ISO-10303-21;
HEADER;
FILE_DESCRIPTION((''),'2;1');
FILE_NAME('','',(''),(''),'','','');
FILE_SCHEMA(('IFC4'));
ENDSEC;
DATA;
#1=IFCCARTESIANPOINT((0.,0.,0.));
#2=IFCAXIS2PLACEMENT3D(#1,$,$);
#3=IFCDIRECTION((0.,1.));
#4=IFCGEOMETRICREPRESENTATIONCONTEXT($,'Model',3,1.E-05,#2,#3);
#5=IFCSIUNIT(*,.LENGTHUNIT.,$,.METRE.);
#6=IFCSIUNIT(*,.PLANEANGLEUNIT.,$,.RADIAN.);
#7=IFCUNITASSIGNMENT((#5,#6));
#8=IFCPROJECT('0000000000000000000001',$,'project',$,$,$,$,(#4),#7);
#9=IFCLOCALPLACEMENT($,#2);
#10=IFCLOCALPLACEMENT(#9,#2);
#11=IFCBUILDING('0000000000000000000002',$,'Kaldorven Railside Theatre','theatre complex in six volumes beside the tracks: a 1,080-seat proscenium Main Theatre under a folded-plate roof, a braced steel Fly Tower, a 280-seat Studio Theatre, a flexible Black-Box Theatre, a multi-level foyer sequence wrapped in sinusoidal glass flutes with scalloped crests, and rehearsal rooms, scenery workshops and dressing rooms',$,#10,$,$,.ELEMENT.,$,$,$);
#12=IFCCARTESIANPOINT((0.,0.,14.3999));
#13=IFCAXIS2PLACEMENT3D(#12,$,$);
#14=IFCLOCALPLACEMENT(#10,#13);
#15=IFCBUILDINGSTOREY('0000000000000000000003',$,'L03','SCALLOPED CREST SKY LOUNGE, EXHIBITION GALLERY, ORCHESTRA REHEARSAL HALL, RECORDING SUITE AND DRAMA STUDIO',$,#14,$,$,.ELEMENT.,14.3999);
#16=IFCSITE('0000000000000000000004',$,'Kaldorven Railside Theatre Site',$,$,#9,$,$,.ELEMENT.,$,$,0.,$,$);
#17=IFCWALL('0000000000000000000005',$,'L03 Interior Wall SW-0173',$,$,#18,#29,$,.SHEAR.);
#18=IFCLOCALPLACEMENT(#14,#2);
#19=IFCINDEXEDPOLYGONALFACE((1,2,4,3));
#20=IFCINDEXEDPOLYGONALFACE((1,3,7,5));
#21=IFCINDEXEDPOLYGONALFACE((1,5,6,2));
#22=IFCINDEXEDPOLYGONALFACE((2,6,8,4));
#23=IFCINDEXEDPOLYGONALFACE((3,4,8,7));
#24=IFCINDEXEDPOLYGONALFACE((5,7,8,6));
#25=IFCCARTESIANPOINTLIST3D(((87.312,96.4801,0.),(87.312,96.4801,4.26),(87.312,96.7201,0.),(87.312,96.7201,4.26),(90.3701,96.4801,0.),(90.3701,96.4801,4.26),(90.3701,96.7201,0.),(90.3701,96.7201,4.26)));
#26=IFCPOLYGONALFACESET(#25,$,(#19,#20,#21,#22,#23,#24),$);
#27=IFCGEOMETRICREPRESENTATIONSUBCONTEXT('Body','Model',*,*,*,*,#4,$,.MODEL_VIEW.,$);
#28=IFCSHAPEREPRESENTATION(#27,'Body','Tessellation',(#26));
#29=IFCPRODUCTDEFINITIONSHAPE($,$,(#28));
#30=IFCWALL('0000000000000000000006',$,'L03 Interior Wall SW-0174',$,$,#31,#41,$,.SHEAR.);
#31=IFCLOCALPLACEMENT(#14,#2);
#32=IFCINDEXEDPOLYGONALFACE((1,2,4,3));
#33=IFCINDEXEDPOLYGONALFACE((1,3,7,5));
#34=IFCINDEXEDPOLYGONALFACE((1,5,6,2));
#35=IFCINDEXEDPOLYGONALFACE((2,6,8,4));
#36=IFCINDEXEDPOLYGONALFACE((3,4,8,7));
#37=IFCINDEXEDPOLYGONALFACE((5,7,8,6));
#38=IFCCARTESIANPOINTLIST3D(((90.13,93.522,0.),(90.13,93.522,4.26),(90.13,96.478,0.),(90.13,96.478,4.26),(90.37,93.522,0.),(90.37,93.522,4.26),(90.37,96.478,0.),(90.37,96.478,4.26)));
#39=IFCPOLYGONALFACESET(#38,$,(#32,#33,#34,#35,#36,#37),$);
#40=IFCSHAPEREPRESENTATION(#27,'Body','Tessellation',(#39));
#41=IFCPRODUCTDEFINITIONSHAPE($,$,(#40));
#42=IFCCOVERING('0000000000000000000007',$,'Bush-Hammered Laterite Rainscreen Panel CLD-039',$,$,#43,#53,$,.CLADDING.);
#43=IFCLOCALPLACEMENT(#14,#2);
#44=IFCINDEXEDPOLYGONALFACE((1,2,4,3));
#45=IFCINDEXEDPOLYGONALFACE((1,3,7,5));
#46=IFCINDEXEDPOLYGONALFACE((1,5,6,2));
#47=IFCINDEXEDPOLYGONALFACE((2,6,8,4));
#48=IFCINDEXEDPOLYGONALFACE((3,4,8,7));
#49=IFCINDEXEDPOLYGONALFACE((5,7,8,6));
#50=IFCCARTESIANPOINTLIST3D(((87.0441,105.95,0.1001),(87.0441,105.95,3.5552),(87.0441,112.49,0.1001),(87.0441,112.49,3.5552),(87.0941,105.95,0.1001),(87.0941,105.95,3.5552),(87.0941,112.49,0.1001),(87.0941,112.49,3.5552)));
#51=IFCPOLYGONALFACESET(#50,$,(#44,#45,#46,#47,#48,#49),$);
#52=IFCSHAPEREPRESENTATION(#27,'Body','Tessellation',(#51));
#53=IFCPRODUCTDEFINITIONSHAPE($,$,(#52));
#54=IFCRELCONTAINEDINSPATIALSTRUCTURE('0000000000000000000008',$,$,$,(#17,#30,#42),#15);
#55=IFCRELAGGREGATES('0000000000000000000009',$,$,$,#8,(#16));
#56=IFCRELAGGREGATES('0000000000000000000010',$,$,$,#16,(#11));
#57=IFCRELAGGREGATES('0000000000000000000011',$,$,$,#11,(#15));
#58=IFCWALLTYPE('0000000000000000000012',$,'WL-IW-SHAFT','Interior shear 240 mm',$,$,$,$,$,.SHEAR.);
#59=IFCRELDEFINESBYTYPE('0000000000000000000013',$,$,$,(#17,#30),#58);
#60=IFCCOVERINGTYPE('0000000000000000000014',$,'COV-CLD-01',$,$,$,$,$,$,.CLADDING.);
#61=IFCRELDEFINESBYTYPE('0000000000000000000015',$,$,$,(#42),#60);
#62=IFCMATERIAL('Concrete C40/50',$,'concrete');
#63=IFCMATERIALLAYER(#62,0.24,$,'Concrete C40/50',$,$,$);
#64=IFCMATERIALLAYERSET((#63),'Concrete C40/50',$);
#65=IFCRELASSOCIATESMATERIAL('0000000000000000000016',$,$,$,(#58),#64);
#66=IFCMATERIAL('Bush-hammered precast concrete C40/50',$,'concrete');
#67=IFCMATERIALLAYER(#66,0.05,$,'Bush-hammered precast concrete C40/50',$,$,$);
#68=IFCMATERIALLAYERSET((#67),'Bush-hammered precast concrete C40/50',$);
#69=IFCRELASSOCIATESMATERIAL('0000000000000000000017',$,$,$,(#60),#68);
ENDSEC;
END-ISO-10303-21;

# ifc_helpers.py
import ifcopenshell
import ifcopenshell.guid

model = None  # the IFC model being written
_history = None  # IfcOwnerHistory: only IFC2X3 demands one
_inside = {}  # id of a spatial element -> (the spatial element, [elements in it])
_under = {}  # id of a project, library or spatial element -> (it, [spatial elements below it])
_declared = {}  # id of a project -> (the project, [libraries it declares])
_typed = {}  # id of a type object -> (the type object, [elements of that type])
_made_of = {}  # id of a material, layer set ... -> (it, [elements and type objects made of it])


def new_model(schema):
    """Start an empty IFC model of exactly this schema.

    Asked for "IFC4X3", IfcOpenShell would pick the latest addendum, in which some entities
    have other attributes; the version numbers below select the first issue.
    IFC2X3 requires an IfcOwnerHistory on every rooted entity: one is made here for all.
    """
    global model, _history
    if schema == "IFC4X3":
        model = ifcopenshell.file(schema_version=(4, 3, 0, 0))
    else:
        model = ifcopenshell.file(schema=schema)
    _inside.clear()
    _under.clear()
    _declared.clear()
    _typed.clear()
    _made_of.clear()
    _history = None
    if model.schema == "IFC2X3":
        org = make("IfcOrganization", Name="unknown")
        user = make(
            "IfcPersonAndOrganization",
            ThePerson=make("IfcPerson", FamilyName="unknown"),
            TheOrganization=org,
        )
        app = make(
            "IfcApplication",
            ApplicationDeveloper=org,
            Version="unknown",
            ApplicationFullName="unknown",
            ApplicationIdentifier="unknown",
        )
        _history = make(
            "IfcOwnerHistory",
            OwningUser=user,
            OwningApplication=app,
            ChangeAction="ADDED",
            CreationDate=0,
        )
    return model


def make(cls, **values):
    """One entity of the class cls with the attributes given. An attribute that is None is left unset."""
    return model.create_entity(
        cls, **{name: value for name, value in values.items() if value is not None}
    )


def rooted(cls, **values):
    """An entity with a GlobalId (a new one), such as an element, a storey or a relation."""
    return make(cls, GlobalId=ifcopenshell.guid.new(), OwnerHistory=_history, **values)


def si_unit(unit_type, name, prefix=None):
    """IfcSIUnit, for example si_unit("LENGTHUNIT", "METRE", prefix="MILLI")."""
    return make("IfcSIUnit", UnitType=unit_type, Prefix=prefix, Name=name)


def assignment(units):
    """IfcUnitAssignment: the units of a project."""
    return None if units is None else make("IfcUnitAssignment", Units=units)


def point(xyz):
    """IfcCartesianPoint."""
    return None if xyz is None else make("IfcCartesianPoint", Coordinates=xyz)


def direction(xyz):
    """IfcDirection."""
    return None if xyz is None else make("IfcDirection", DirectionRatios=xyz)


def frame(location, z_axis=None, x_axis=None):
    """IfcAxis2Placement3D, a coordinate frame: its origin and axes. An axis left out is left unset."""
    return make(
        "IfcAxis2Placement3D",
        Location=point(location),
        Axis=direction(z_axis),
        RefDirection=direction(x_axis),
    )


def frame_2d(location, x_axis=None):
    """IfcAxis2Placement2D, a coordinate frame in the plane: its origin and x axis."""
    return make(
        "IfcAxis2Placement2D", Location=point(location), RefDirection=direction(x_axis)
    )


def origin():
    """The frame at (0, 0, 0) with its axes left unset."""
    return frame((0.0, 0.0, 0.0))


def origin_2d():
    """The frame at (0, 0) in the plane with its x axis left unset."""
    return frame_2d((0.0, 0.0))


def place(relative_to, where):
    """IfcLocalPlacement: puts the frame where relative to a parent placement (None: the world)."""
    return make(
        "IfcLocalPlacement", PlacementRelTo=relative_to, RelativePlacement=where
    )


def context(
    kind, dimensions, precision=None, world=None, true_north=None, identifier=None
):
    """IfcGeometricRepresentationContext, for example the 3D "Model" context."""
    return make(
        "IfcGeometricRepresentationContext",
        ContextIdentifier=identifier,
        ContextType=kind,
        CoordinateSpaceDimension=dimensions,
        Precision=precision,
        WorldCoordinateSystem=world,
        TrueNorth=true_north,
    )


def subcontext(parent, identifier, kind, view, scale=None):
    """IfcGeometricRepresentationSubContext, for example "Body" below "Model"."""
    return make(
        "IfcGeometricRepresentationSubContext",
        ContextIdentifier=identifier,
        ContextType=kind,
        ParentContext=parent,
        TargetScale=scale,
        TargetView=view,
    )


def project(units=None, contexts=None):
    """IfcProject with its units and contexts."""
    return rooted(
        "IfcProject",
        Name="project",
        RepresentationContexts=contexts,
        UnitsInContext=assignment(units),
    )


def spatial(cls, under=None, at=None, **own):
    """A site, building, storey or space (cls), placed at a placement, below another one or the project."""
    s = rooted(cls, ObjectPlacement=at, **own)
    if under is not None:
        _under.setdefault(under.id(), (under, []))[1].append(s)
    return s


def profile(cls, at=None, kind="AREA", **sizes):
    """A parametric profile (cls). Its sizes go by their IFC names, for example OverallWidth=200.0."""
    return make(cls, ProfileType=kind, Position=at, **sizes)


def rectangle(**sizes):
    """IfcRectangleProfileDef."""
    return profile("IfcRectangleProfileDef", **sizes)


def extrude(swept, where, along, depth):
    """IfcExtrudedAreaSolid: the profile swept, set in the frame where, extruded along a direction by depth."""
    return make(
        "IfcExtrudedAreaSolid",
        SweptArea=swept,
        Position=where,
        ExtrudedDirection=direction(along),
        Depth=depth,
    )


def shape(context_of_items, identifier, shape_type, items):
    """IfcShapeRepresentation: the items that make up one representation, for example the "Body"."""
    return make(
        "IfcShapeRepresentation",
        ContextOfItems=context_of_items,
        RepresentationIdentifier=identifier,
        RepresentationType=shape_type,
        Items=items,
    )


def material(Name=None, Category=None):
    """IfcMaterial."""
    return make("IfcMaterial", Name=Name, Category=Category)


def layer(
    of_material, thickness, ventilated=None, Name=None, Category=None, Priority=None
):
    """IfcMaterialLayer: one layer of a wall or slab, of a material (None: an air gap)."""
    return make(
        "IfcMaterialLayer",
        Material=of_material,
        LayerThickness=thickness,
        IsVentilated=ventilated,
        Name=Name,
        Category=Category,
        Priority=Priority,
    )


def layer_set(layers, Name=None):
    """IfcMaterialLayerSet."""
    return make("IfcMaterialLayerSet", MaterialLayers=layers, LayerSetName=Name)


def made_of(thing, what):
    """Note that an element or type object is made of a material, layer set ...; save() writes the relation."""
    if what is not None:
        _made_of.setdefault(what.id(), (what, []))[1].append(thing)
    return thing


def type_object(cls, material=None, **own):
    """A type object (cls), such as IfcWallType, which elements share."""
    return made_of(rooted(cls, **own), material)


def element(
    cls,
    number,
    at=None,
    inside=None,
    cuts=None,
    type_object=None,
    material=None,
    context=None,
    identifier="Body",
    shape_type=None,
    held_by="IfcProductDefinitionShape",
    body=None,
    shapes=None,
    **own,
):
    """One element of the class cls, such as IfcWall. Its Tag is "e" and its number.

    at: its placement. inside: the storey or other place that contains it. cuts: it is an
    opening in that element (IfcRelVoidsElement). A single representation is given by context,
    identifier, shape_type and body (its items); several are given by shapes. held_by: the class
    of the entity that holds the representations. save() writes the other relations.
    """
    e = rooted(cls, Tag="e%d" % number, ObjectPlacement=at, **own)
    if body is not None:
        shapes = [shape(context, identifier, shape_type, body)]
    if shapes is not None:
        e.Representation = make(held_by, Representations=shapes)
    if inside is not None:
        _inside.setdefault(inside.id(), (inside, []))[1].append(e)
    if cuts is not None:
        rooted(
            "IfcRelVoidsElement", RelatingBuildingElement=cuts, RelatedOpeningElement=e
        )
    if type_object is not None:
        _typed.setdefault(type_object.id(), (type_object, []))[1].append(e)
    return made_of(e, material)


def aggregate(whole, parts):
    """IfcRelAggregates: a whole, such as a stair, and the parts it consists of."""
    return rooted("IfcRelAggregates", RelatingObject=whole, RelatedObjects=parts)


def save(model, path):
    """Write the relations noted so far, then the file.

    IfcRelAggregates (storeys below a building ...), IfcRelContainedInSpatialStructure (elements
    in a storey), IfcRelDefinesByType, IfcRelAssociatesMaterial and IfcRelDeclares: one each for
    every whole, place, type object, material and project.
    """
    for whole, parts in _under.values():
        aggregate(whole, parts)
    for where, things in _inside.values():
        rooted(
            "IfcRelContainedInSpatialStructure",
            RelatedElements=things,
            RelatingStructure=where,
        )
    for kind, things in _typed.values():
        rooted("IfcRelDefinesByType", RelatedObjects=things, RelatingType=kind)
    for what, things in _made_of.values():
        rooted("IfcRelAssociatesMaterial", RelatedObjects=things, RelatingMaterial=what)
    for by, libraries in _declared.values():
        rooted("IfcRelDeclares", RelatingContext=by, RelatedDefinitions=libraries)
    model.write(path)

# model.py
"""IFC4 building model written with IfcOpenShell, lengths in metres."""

from ifc_helpers import new_model, si_unit, direction, frame, frame_2d, origin, origin_2d, place, context, subcontext, project, spatial, rectangle, extrude, material, layer, layer_set, type_object, element, save


model = new_model("IFC4")

# Units and contexts
model_context = context("Model", 3, precision=1e-05, world=origin(), true_north=direction((0.0, 1.0)))
body_context = subcontext(model_context, "Body", "Model", "MODEL_VIEW")
ifc_project = project(units=[si_unit("LENGTHUNIT", "METRE"), si_unit("PLANEANGLEUNIT", "RADIAN")], contexts=[model_context])

# Site, building, storey
site_placement = place(None, origin())
site = spatial("IfcSite", under=ifc_project, at=site_placement, Name="Kaldorven Railside Theatre Site", CompositionType="ELEMENT", RefElevation=0.0)
building_placement = place(site_placement, origin())
building = spatial("IfcBuilding", under=site, at=building_placement, Name="Kaldorven Railside Theatre", Description="theatre complex in six volumes beside the tracks: a 1,080-seat proscenium Main Theatre under a folded-plate roof, a braced steel Fly Tower, a 280-seat Studio Theatre, a flexible Black-Box Theatre, a multi-level foyer sequence wrapped in sinusoidal glass flutes with scalloped crests, and rehearsal rooms, scenery workshops and dressing rooms", CompositionType="ELEMENT")
storey_placement = place(building_placement, frame((0.0, 0.0, 14.3999)))
storey = spatial("IfcBuildingStorey", under=building, at=storey_placement, Name="L03", Description="SCALLOPED CREST SKY LOUNGE, EXHIBITION GALLERY, ORCHESTRA REHEARSAL HALL, RECORDING SUITE AND DRAMA STUDIO", CompositionType="ELEMENT", Elevation=14.3999)

# Walls
ifc_material_1 = material(Name="Concrete C40/50", Category="concrete")
ifc_layer_1 = layer(ifc_material_1, 0.24, Name="Concrete C40/50")
ifc_layer_set_1 = layer_set([ifc_layer_1], Name="Concrete C40/50")
wall_type_1 = type_object("IfcWallType", Name="WL-IW-SHAFT", Description="Interior shear 240 mm", PredefinedType="SHEAR", material=ifc_layer_set_1)
wall_1_placement = place(storey_placement, frame((87.312, 96.6001, 0.0), z_axis=(0.0, 0.0, 1.0), x_axis=(1.0, 0.0, 0.0)))
element("IfcWall", 1, at=wall_1_placement, inside=storey, type_object=wall_type_1, Name="L03 Interior Wall SW-0173", PredefinedType="SHEAR", context=body_context, shape_type="SweptSolid", body=[
    extrude(rectangle(XDim=3.0581, YDim=0.24, at=frame_2d((1.5291, 0.0))), origin(), (0.0, 0.0, 1.0), 4.26),
])
wall_2_placement = place(storey_placement, frame((90.25, 96.478, 0.0), z_axis=(0.0, 0.0, 1.0), x_axis=(0.0, -1.0, 0.0)))
element("IfcWall", 2, at=wall_2_placement, inside=storey, type_object=wall_type_1, Name="L03 Interior Wall SW-0174", PredefinedType="SHEAR", context=body_context, shape_type="SweptSolid", body=[
    extrude(rectangle(XDim=2.9561, YDim=0.24, at=frame_2d((1.478, 0.0))), origin(), (0.0, 0.0, 1.0), 4.26),
])

# Covering
ifc_material_2 = material(Name="Bush-hammered precast concrete C40/50", Category="concrete")
ifc_layer_2 = layer(ifc_material_2, 0.05, Name="Bush-hammered precast concrete C40/50")
ifc_layer_set_2 = layer_set([ifc_layer_2], Name="Bush-hammered precast concrete C40/50")
covering_type = type_object("IfcCoveringType", Name="COV-CLD-01", PredefinedType="CLADDING", material=ifc_layer_set_2)
covering_placement = place(storey_placement, frame((87.0691, 109.22, 0.1001), z_axis=(0.0, 0.0, 1.0), x_axis=(0.0, 1.0, 0.0)))
element("IfcCovering", 3, at=covering_placement, inside=storey, type_object=covering_type, Name="Bush-Hammered Laterite Rainscreen Panel CLD-039", PredefinedType="CLADDING", context=body_context, shape_type="SweptSolid", body=[
    extrude(rectangle(XDim=6.54, YDim=0.05, at=origin_2d()), origin(), (0.0, 0.0, 1.0), 3.4551),
])

save(model, "model.ifc")
